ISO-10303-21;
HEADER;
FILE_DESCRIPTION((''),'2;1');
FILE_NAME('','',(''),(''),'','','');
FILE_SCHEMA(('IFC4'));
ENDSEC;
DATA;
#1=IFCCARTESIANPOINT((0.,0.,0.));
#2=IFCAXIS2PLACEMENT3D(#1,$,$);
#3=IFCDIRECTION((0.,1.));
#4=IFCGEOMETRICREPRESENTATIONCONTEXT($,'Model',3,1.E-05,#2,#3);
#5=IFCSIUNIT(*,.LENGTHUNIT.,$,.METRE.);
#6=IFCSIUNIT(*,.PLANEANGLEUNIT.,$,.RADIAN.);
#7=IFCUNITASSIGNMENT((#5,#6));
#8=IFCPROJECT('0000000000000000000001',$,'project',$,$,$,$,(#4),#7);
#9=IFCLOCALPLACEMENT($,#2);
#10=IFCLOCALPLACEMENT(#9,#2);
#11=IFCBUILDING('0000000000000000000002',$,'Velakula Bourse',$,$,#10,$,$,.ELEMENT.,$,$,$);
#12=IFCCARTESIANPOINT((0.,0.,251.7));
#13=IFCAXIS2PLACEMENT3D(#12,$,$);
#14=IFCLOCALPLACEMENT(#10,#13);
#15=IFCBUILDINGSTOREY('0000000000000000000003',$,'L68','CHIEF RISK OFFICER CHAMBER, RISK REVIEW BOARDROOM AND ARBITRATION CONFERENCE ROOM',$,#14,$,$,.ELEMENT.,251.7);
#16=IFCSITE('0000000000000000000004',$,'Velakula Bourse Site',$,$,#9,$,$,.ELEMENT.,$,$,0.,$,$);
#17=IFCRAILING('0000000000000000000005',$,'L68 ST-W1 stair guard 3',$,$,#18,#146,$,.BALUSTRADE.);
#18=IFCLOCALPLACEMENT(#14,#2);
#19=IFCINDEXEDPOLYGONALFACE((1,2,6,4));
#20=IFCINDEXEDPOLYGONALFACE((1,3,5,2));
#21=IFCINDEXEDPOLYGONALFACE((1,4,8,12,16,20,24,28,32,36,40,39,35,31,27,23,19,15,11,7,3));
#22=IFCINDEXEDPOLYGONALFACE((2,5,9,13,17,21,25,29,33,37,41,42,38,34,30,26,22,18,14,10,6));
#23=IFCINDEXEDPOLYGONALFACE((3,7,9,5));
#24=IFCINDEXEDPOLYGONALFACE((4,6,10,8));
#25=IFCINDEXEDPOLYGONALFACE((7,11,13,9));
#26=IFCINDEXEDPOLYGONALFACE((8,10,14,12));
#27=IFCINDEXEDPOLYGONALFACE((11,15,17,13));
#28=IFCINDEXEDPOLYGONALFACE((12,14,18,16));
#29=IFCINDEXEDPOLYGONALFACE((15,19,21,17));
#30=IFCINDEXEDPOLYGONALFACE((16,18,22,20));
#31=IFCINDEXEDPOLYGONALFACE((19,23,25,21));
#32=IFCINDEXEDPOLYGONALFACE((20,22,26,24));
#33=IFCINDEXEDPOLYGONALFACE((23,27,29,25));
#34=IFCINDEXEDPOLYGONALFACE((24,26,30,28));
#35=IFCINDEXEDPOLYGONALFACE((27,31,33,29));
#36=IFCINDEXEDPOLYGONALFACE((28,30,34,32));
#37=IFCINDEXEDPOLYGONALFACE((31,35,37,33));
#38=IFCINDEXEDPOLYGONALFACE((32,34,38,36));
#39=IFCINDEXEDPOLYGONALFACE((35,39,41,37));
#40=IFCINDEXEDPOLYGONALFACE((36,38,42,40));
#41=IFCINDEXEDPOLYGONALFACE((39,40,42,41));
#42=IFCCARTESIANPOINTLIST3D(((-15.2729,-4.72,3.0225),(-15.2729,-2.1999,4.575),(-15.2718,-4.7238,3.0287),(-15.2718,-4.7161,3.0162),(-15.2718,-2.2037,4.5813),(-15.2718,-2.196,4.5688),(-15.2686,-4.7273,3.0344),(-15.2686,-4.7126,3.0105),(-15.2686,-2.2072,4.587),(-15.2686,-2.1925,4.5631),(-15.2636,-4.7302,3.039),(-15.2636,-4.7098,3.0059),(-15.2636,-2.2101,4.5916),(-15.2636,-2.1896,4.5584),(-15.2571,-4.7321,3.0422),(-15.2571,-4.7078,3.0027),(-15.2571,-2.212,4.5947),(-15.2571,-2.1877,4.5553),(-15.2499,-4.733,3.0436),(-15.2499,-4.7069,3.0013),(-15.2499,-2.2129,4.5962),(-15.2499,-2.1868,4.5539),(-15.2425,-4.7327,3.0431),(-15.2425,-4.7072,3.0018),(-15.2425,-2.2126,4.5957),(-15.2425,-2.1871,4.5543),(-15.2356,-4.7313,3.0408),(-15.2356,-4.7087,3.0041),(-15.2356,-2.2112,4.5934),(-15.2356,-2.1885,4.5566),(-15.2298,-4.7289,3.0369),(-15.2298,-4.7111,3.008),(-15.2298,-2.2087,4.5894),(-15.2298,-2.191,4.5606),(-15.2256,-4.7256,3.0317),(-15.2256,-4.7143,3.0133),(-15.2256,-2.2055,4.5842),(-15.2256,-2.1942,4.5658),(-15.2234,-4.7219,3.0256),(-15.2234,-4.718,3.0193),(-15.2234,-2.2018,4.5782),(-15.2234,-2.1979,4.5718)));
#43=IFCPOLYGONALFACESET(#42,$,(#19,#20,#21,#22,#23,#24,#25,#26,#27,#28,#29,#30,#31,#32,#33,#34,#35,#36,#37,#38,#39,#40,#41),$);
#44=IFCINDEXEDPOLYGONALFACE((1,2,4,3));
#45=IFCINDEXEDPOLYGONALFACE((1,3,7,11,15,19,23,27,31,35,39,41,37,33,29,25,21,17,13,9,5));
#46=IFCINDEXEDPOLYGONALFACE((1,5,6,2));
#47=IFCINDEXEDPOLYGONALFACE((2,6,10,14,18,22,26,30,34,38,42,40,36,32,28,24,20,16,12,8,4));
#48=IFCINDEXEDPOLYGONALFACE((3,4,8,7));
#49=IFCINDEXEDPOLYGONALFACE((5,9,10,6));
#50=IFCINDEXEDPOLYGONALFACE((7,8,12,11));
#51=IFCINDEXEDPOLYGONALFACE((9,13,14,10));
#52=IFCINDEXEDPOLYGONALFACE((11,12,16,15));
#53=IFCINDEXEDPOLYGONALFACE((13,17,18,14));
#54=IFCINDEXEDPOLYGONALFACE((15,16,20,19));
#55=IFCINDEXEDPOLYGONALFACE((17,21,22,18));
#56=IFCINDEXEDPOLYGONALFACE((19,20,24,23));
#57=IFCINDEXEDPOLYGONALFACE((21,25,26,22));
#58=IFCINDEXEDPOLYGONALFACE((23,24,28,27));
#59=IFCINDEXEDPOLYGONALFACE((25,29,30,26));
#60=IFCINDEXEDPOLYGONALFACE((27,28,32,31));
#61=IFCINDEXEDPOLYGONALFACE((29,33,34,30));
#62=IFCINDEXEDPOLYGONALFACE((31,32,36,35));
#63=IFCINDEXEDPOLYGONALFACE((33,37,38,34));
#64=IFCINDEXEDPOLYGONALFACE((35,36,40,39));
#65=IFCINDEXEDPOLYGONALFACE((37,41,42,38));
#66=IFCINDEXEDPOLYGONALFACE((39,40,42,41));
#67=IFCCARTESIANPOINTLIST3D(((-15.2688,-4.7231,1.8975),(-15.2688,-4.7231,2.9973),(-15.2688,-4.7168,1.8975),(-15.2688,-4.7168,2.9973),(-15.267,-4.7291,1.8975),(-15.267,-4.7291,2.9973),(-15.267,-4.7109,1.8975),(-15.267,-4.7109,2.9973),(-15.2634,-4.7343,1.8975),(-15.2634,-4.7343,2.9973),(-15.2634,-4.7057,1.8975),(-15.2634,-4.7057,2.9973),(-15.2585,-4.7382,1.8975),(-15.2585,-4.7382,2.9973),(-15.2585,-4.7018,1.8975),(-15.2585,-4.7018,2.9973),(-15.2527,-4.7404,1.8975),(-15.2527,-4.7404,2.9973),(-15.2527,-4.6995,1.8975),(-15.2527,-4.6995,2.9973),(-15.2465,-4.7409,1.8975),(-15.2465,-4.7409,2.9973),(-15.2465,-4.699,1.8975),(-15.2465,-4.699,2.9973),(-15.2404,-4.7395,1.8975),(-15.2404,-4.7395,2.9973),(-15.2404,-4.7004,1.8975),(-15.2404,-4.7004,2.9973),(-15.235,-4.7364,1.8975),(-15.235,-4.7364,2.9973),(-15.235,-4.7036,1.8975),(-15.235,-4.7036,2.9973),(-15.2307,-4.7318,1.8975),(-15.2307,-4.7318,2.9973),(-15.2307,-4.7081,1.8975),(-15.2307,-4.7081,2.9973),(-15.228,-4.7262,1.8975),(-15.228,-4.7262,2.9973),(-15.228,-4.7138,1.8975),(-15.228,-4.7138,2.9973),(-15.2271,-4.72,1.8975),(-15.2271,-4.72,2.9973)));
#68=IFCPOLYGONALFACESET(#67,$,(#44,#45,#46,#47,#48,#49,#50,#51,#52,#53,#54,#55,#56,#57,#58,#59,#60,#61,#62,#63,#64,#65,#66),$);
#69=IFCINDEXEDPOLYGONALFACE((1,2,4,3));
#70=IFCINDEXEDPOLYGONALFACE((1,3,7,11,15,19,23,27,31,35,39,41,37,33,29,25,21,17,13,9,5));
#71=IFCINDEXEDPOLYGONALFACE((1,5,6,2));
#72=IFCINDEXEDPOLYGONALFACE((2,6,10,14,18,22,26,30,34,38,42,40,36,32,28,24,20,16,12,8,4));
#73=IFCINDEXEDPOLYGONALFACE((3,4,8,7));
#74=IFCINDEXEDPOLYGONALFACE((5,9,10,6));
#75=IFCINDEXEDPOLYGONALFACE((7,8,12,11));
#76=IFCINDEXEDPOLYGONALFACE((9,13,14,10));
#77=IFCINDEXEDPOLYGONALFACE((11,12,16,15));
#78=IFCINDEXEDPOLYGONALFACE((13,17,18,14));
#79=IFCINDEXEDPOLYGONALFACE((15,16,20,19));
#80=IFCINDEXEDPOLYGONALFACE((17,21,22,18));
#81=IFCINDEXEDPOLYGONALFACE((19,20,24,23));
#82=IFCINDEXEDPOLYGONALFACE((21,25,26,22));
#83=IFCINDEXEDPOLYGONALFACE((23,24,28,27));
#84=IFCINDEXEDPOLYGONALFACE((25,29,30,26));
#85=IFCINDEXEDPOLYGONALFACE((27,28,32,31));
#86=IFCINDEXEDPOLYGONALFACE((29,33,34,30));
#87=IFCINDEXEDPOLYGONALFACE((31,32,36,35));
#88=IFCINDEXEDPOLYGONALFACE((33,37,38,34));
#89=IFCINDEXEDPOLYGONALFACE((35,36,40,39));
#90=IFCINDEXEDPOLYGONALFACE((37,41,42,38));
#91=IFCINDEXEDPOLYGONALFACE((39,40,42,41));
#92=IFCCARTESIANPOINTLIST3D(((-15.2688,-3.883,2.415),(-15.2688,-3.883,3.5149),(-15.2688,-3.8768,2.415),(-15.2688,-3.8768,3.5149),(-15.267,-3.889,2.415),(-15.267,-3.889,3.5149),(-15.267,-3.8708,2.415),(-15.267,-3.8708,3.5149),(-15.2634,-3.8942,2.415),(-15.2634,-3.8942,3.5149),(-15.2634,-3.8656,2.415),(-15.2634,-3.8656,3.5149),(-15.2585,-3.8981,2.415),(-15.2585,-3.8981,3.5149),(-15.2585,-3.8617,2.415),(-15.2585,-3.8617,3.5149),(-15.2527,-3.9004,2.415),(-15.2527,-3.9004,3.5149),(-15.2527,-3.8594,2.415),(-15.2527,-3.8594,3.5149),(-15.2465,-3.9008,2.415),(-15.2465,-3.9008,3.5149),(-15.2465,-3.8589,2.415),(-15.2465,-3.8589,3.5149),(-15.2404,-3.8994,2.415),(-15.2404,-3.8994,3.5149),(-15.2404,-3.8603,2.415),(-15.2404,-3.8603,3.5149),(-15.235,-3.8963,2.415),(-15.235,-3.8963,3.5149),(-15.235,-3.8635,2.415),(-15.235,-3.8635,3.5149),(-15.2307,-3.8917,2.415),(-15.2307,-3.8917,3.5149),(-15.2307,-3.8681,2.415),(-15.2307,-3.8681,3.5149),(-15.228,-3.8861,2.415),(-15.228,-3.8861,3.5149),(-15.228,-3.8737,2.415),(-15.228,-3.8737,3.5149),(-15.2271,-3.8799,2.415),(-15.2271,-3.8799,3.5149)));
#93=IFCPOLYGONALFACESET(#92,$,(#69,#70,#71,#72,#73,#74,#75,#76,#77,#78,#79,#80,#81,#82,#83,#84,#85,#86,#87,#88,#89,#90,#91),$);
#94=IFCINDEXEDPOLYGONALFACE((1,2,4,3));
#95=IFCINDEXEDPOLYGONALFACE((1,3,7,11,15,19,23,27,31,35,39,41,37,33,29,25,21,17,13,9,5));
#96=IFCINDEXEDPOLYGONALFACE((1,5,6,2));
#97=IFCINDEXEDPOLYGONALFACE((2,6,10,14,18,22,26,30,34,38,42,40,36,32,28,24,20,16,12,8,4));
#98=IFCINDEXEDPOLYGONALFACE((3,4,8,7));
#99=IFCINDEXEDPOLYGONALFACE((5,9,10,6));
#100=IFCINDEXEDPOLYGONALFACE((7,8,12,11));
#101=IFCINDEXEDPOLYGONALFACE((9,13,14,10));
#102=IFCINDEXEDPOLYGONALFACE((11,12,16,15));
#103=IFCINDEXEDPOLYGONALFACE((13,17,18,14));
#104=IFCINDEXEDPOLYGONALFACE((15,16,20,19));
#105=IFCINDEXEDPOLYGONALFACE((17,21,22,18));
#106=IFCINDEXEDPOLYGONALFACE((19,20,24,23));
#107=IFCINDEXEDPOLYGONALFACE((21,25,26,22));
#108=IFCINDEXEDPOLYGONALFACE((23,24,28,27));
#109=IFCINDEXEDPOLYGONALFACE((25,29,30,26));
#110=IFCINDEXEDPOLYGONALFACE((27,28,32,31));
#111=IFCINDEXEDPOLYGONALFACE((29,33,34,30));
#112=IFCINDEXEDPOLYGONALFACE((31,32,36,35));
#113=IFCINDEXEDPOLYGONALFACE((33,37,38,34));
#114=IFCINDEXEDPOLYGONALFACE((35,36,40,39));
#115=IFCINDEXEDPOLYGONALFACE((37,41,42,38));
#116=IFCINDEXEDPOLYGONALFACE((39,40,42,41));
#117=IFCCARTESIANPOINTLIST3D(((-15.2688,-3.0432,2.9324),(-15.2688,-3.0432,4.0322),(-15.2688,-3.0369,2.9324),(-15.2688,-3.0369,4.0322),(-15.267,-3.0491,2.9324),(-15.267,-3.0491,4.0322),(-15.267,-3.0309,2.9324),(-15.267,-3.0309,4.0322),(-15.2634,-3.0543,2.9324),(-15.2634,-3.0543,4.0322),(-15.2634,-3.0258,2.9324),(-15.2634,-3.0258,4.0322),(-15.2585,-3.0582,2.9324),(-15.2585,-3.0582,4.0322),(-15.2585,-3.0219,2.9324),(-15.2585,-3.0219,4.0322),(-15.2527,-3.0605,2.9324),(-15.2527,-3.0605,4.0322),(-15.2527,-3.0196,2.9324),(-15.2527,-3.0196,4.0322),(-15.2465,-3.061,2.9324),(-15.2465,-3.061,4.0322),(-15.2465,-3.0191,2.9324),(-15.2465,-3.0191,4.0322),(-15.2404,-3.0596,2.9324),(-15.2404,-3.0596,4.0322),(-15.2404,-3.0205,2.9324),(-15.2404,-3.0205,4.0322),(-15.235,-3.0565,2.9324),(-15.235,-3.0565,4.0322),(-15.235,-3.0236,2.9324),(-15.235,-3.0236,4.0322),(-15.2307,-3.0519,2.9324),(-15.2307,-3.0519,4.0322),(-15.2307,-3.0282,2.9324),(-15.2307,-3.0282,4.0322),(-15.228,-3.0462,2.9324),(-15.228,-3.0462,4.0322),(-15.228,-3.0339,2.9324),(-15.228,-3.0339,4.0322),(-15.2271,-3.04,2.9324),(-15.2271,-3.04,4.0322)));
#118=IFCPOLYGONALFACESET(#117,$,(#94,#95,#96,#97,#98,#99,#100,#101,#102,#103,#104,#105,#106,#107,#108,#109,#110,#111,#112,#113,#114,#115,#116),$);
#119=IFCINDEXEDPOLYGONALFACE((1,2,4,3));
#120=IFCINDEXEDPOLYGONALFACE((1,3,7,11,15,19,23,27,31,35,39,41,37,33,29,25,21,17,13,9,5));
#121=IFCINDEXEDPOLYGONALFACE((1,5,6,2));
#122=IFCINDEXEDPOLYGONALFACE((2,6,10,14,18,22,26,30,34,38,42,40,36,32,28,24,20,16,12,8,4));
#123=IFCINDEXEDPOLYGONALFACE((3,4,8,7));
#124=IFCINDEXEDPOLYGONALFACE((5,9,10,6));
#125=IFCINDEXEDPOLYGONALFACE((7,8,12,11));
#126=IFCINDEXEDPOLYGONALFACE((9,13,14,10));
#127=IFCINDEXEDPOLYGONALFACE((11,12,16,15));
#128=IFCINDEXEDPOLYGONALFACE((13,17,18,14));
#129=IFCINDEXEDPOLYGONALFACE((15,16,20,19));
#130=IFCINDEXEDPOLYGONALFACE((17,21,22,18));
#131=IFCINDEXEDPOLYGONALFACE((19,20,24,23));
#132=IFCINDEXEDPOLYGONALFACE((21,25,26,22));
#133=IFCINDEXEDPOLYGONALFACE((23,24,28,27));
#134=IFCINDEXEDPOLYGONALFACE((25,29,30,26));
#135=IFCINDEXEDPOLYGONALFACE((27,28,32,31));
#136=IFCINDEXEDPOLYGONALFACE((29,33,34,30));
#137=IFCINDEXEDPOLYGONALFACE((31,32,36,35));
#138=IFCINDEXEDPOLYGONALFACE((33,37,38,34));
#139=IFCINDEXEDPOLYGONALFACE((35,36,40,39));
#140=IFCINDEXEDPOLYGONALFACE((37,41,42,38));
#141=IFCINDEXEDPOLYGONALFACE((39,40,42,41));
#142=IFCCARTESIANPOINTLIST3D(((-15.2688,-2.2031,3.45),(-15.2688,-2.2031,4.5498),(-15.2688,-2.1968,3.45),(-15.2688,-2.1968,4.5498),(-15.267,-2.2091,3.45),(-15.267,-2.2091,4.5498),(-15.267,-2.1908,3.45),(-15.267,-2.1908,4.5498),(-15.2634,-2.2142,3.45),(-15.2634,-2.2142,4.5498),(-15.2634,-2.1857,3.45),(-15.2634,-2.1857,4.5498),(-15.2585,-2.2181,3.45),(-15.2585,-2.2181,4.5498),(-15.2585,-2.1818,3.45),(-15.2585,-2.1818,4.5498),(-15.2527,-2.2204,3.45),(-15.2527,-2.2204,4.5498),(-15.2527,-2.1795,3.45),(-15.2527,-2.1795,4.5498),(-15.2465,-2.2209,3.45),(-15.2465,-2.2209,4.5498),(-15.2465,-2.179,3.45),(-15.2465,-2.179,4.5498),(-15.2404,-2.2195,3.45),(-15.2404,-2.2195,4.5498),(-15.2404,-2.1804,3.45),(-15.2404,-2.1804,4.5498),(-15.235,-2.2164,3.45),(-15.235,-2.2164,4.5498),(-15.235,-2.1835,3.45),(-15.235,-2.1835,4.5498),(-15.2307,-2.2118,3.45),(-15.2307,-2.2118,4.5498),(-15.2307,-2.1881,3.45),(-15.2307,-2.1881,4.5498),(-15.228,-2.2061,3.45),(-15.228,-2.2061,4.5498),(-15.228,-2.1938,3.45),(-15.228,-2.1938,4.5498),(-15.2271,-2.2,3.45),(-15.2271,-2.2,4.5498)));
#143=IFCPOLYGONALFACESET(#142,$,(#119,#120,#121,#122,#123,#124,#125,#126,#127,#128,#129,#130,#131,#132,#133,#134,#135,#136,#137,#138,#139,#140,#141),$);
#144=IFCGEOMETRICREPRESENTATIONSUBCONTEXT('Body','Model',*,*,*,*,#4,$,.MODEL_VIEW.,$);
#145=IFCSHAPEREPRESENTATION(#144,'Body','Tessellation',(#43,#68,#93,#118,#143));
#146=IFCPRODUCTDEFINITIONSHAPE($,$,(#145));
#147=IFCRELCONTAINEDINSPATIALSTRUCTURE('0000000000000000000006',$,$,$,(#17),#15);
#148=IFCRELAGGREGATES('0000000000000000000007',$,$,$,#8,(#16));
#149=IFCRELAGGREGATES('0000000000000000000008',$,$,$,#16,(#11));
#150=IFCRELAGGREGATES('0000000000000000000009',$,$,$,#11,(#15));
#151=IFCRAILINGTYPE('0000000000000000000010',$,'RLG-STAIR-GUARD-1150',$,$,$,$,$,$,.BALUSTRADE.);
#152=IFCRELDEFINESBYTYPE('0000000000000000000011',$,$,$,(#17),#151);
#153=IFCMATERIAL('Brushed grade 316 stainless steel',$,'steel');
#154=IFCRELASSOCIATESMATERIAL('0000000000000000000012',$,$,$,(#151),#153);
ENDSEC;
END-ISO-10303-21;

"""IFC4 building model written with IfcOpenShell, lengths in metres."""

from ifc_helpers import new_model, si_unit, direction, frame, origin, origin_2d, place, context, subcontext, project, spatial, circle, extrude, material, type_object, element, save


model = new_model("IFC4")

# Units and contexts
model_context = context("Model", 3, precision=1e-05, world=origin(), true_north=direction((0.0, 1.0)))
body_context = subcontext(model_context, "Body", "Model", "MODEL_VIEW")
ifc_project = project(units=[si_unit("LENGTHUNIT", "METRE"), si_unit("PLANEANGLEUNIT", "RADIAN")], contexts=[model_context])

# Site, building, storey
site_placement = place(None, origin())
site = spatial("IfcSite", under=ifc_project, at=site_placement, Name="Velakula Bourse Site", CompositionType="ELEMENT", RefElevation=0.0)
building_placement = place(site_placement, origin())
building = spatial("IfcBuilding", under=site, at=building_placement, Name="Velakula Bourse", CompositionType="ELEMENT")
storey_placement = place(building_placement, frame((0.0, 0.0, 251.7)))
storey = spatial("IfcBuildingStorey", under=building, at=storey_placement, Name="L68", Description="CHIEF RISK OFFICER CHAMBER, RISK REVIEW BOARDROOM AND ARBITRATION CONFERENCE ROOM", CompositionType="ELEMENT", Elevation=251.7)

# Shared definitions
ifc_material_1 = material(Name="Brushed grade 316 stainless steel", Category="steel")

# Railing
railing_type_1 = type_object("IfcRailingType", Name="RLG-STAIR-GUARD-1150", PredefinedType="BALUSTRADE", material=ifc_material_1)
railing_1_placement = place(storey_placement, frame((-15.248, -4.72, 1.8975)))
element("IfcRailing", 1, at=railing_1_placement, inside=storey, type_object=railing_type_1, Name="L68 ST-W1 stair guard 3", PredefinedType="BALUSTRADE", context=body_context, shape_type="SweptSolid", body=[
    extrude(circle(Radius=0.0249, at=origin_2d()), frame((0.0, 0.0, 1.125), z_axis=(0.0, 0.8514, 0.524516), x_axis=(-1.0, 0.0, 0.0)), (0.0, 0.0, 1.0), 2.96),
    extrude(circle(Radius=0.021, at=origin_2d()), origin(), (0.0, 0.0, 1.0), 1.0999),
    extrude(circle(Radius=0.021, at=origin_2d()), frame((0.0, 0.8401, 0.5176)), (0.0, 0.0, 1.0), 1.0999),
    extrude(circle(Radius=0.021, at=origin_2d()), frame((0.0, 1.6799, 1.0349)), (0.0, 0.0, 1.0), 1.0999),
    extrude(circle(Radius=0.021, at=origin_2d()), frame((0.0, 2.52, 1.5525)), (0.0, 0.0, 1.0), 1.0999),
])

save(model, "model.ifc")
